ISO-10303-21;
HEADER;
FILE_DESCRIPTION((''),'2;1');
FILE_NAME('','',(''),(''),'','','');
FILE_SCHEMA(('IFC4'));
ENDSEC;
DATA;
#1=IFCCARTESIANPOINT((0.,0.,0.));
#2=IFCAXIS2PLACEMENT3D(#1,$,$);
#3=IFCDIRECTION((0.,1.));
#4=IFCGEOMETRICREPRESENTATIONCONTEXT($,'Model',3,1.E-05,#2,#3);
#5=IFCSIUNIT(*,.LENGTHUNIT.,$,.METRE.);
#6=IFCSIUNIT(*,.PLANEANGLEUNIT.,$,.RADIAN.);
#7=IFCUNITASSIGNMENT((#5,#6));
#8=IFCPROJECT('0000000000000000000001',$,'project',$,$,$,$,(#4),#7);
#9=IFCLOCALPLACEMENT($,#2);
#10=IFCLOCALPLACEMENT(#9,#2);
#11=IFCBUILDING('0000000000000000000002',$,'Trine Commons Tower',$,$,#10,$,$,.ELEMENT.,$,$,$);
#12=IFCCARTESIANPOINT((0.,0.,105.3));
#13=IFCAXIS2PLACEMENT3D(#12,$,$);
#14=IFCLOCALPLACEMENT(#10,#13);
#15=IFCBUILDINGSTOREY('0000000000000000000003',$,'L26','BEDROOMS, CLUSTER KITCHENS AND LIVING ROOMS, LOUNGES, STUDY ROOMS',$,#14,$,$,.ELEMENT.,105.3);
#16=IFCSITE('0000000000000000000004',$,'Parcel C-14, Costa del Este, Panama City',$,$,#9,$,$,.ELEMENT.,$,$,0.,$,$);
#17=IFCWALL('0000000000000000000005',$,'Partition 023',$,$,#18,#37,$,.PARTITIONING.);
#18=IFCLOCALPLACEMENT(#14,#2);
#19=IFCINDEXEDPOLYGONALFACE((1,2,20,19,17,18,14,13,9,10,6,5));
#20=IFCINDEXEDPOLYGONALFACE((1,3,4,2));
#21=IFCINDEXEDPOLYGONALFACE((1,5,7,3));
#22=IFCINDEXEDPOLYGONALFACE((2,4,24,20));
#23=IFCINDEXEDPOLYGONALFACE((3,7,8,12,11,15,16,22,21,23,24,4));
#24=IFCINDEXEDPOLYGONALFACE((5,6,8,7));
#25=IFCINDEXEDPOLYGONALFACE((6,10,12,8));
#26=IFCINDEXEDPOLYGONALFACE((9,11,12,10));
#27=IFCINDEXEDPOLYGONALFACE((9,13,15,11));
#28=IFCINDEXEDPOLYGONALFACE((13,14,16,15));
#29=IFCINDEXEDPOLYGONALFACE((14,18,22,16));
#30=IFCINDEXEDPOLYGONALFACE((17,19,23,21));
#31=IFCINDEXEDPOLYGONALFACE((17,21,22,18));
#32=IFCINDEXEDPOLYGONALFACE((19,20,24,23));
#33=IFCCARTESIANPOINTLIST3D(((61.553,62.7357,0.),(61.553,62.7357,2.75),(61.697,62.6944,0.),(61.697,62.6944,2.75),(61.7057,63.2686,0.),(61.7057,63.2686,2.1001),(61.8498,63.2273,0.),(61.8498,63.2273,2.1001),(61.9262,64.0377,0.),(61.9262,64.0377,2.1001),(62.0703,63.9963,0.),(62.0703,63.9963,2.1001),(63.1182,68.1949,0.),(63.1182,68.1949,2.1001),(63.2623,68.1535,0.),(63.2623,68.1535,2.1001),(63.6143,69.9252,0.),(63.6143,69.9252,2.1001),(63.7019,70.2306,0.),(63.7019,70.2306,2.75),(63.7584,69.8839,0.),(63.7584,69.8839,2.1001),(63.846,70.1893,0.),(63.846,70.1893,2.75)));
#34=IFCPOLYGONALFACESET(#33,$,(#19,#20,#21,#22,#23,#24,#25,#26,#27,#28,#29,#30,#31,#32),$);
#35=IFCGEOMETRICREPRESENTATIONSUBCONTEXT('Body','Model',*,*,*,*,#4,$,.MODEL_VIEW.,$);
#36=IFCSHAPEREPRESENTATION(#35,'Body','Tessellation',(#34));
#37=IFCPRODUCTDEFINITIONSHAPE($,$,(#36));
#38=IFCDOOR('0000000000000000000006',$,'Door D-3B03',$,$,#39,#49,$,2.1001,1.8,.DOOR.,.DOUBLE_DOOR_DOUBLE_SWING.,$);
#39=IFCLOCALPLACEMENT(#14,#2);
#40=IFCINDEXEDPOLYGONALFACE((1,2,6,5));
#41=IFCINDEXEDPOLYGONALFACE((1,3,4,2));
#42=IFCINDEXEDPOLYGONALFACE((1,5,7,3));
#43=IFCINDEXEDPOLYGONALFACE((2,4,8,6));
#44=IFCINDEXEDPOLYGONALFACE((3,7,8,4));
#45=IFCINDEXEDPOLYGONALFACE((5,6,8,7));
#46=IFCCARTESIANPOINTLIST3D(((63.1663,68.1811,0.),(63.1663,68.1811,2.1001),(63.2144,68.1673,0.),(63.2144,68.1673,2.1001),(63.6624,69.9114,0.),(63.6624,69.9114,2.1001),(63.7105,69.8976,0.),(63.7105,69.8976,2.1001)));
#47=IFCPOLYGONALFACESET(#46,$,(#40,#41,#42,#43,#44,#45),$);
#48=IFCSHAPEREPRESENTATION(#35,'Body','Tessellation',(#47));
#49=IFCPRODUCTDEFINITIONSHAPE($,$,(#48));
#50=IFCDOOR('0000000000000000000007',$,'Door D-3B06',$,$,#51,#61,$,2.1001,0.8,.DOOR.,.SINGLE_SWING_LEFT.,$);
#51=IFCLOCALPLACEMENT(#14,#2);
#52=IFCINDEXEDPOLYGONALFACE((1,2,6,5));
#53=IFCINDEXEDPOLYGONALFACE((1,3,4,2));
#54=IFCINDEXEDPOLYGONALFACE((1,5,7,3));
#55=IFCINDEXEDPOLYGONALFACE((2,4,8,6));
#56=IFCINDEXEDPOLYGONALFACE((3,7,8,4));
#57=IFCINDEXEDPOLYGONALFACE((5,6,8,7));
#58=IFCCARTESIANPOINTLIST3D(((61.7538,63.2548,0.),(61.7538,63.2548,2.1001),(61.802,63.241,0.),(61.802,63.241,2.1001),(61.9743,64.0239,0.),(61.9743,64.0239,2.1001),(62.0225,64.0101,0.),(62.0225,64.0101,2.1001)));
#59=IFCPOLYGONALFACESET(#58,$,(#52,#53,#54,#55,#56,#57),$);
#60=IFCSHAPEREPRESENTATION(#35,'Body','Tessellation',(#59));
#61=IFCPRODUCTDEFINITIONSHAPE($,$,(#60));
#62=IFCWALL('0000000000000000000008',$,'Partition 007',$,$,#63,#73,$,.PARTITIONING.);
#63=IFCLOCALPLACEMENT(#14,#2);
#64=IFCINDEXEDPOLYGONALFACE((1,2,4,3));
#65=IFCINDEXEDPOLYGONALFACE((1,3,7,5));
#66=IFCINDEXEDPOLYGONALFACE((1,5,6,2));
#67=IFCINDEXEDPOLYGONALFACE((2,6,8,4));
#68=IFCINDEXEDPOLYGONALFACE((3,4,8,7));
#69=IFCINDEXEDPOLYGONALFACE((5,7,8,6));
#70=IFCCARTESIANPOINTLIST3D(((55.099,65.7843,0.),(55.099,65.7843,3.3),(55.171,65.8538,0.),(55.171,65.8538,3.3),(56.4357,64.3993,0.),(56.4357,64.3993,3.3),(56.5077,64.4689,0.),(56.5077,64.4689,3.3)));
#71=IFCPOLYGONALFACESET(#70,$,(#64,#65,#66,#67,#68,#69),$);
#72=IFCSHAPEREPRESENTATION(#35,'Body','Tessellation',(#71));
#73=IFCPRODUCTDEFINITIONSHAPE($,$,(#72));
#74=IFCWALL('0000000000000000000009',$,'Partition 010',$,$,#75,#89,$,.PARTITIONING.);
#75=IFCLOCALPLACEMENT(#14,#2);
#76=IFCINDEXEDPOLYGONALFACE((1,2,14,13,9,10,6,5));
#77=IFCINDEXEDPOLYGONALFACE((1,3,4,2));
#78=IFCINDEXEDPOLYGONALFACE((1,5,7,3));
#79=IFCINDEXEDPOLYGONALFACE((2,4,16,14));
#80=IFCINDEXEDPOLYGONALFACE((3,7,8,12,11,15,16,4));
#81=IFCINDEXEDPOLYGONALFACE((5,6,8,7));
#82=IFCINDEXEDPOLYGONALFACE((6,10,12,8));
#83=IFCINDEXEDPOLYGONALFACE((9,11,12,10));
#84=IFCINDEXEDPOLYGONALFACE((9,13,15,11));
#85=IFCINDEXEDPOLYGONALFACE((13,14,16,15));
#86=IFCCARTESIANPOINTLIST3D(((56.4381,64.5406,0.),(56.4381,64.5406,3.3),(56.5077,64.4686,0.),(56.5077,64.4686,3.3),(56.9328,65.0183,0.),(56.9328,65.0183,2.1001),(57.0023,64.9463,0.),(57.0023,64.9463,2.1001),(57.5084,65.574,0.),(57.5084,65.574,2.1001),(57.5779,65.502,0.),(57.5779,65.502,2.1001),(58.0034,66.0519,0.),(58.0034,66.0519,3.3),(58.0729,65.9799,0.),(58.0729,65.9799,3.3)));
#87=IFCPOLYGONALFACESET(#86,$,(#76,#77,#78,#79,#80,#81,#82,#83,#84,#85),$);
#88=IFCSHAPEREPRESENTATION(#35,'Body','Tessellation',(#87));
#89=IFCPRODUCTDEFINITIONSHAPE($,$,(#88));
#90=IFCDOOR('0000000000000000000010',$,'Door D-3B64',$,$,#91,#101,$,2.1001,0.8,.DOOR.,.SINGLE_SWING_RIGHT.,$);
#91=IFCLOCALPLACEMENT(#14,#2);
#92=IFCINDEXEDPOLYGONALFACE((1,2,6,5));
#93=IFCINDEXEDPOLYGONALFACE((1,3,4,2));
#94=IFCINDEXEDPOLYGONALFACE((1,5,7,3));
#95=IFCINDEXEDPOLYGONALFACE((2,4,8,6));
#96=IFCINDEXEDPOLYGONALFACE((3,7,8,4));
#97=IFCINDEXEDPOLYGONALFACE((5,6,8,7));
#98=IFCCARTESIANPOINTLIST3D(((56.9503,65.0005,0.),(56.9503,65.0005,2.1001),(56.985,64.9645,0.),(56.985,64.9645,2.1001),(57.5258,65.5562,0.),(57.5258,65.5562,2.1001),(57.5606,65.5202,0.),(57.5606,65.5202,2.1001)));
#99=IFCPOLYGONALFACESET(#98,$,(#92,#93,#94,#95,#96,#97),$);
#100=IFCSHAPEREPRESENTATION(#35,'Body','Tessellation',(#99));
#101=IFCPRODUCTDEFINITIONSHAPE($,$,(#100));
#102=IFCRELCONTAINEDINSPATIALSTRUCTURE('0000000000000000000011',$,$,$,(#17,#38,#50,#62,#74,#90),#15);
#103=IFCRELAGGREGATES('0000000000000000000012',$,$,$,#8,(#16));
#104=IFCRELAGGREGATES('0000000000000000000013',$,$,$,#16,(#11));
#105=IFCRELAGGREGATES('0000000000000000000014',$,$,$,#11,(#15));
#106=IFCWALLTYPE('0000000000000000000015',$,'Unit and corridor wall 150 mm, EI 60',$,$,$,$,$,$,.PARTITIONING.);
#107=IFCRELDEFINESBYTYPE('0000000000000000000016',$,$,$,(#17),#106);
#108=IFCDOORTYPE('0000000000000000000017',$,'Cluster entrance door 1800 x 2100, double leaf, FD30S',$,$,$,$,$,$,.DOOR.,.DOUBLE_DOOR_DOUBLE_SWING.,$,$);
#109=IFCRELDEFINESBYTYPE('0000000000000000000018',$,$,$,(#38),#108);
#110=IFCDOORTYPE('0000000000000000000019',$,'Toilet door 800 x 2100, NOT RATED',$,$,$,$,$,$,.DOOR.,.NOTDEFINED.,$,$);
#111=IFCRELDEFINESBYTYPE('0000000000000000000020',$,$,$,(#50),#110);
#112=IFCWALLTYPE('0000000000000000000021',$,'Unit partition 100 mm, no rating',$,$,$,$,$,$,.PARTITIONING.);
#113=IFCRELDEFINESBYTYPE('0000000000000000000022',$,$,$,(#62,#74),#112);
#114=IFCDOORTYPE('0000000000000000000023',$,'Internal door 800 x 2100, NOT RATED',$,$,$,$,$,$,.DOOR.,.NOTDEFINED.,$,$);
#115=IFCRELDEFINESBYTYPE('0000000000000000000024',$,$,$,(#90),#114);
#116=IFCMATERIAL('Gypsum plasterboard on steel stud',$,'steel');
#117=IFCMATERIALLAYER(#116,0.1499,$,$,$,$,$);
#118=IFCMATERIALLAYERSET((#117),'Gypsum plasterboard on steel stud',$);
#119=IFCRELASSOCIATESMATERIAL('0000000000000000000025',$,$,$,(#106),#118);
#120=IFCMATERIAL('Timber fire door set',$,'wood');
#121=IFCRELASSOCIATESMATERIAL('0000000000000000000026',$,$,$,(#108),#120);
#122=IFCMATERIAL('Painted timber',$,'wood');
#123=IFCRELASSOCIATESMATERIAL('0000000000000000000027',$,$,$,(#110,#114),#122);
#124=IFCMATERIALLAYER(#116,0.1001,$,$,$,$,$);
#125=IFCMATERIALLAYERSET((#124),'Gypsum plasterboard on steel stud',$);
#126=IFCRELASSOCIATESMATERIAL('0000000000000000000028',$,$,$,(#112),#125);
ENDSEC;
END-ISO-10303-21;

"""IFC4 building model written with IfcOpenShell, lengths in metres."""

from ifc_helpers import new_model, si_unit, direction, frame, frame_2d, origin, place, context, subcontext, project, spatial, rectangle, extrude, material, layer, layer_set, type_object, element, fill, save


model = new_model("IFC4")

# Units and contexts
model_context = context("Model", 3, precision=1e-05, world=origin(), true_north=direction((0.0, 1.0)))
body_context = subcontext(model_context, "Body", "Model", "MODEL_VIEW")
ifc_project = project(units=[si_unit("LENGTHUNIT", "METRE"), si_unit("PLANEANGLEUNIT", "RADIAN")], contexts=[model_context])

# Site, building, storey
site_placement = place(None, origin())
site = spatial("IfcSite", under=ifc_project, at=site_placement, Name="Parcel C-14, Costa del Este, Panama City", CompositionType="ELEMENT", RefElevation=0.0)
building_placement = place(site_placement, origin())
building = spatial("IfcBuilding", under=site, at=building_placement, Name="Trine Commons Tower", CompositionType="ELEMENT")
storey_placement = place(building_placement, frame((0.0, 0.0, 105.3)))
storey = spatial("IfcBuildingStorey", under=building, at=storey_placement, Name="L26", Description="BEDROOMS, CLUSTER KITCHENS AND LIVING ROOMS, LOUNGES, STUDY ROOMS", CompositionType="ELEMENT", Elevation=105.3)

# Shared definitions
ifc_material_1 = material(Name="Gypsum plasterboard on steel stud", Category="steel")
ifc_layer_1 = layer(ifc_material_1, 0.1499)
ifc_layer_set_1 = layer_set([ifc_layer_1], Name="Gypsum plasterboard on steel stud")
wall_type_1 = type_object("IfcWallType", Name="Unit and corridor wall 150 mm, EI 60", PredefinedType="PARTITIONING", material=ifc_layer_set_1)

# Shared definitions
ifc_material_2 = material(Name="Painted timber", Category="wood")
ifc_material_3 = material(Name="Timber fire door set", Category="wood")

# Wall, openings, doors
wall_1_placement = place(storey_placement, frame((61.625, 62.7151, 0.0), z_axis=(0.0, 0.0, 1.0), x_axis=(0.275614, 0.961268, 0.0)))
wall_1 = element("IfcWall", 1, at=wall_1_placement, inside=storey, type_object=wall_type_1, Name="Partition 023", PredefinedType="PARTITIONING", context=body_context, shape_type="SweptSolid", body=[
    extrude(rectangle(XDim=7.7969, YDim=0.1499, at=frame_2d((3.8984, 0.0))), origin(), (0.0, 0.0, 1.0), 2.75),
])
opening_1_placement = place(wall_1_placement, frame((5.6792, 0.0, 0.0)))
opening_1 = element("IfcOpeningElement", 2, at=opening_1_placement, cuts=wall_1, PredefinedType="OPENING", context=body_context, shape_type="SweptSolid", body=[
    extrude(rectangle(XDim=1.8, YDim=2.1001, at=frame_2d((0.8999, 1.05))), frame((0.0, 0.085, 0.0), z_axis=(0.0, -1.0, 0.0), x_axis=(1.0, 0.0, 0.0)), (0.0, 0.0, 1.0), 0.1699),
])
opening_2_placement = place(wall_1_placement, frame((0.5544, 0.0, 0.0)))
opening_2 = element("IfcOpeningElement", 3, at=opening_2_placement, cuts=wall_1, PredefinedType="OPENING", context=body_context, shape_type="SweptSolid", body=[
    extrude(rectangle(XDim=0.8, YDim=2.1001, at=frame_2d((0.3999, 1.05))), frame((0.0, 0.085, 0.0), z_axis=(0.0, -1.0, 0.0), x_axis=(1.0, 0.0, 0.0)), (0.0, 0.0, 1.0), 0.1699),
])
door_type_1 = type_object("IfcDoorType", Name="Cluster entrance door 1800 x 2100, double leaf, FD30S", OperationType="DOUBLE_DOOR_DOUBLE_SWING", PredefinedType="DOOR", material=ifc_material_3)
door_1_placement = place(opening_1_placement, origin())
door_1 = element("IfcDoor", 4, at=door_1_placement, inside=storey, type_object=door_type_1, Name="Door D-3B03", OperationType="DOUBLE_DOOR_DOUBLE_SWING", OverallHeight=2.1001, OverallWidth=1.8, PredefinedType="DOOR", context=body_context, shape_type="SweptSolid", body=[
    extrude(rectangle(XDim=1.8, YDim=2.1001, at=frame_2d((0.8999, 1.05))), frame((0.0, 0.0249, 0.0), z_axis=(0.0, -1.0, 0.0), x_axis=(1.0, 0.0, 0.0)), (0.0, 0.0, 1.0), 0.05),
])
fill(opening_1, door_1)
door_type_2 = type_object("IfcDoorType", Name="Toilet door 800 x 2100, NOT RATED", OperationType="NOTDEFINED", PredefinedType="DOOR", material=ifc_material_2)
door_2_placement = place(opening_2_placement, origin())
door_2 = element("IfcDoor", 5, at=door_2_placement, inside=storey, type_object=door_type_2, Name="Door D-3B06", OperationType="SINGLE_SWING_LEFT", OverallHeight=2.1001, OverallWidth=0.8, PredefinedType="DOOR", context=body_context, shape_type="SweptSolid", body=[
    extrude(rectangle(XDim=0.8, YDim=2.1001, at=frame_2d((0.3999, 1.05))), frame((0.0, 0.0249, 0.0), z_axis=(0.0, -1.0, 0.0), x_axis=(1.0, 0.0, 0.0)), (0.0, 0.0, 1.0), 0.05),
])
fill(opening_2, door_2)

# Wall
ifc_layer_2 = layer(ifc_material_1, 0.1001)
ifc_layer_set_2 = layer_set([ifc_layer_2], Name="Gypsum plasterboard on steel stud")
wall_type_2 = type_object("IfcWallType", Name="Unit partition 100 mm, no rating", PredefinedType="PARTITIONING", material=ifc_layer_set_2)
wall_2_placement = place(storey_placement, frame((55.135, 65.8191, 0.0), z_axis=(0.0, 0.0, 1.0), x_axis=(0.694438, -0.719552, 0.0)))
element("IfcWall", 6, at=wall_2_placement, inside=storey, type_object=wall_type_2, Name="Partition 007", PredefinedType="PARTITIONING", context=body_context, shape_type="SweptSolid", body=[
    extrude(rectangle(XDim=1.9248, YDim=0.1001, at=frame_2d((0.9624, 0.0))), origin(), (0.0, 0.0, 1.0), 3.3),
])

# Wall, opening, door
wall_3_placement = place(storey_placement, frame((56.4729, 64.5046, 0.0), z_axis=(0.0, 0.0, 1.0), x_axis=(0.719398, 0.694599, 0.0)))
wall_3 = element("IfcWall", 7, at=wall_3_placement, inside=storey, type_object=wall_type_2, Name="Partition 010", PredefinedType="PARTITIONING", context=body_context, shape_type="SweptSolid", body=[
    extrude(rectangle(XDim=2.1758, YDim=0.1001, at=frame_2d((1.0879, 0.0))), origin(), (0.0, 0.0, 1.0), 3.3),
])
opening_3_placement = place(wall_3_placement, frame((0.6877, 0.0, 0.0)))
opening_3 = element("IfcOpeningElement", 8, at=opening_3_placement, cuts=wall_3, PredefinedType="OPENING", context=body_context, shape_type="SweptSolid", body=[
    extrude(rectangle(XDim=0.8, YDim=2.1001, at=frame_2d((0.3999, 1.05))), frame((0.0, 0.0601, 0.0), z_axis=(0.0, -1.0, 0.0), x_axis=(1.0, 0.0, 0.0)), (0.0, 0.0, 1.0), 0.1201),
])
door_type_3 = type_object("IfcDoorType", Name="Internal door 800 x 2100, NOT RATED", OperationType="NOTDEFINED", PredefinedType="DOOR", material=ifc_material_2)
door_3_placement = place(opening_3_placement, frame((0.8, 0.0, 0.0), z_axis=(0.0, 0.0, 1.0), x_axis=(-1.0, 0.0, 0.0)))
door_3 = element("IfcDoor", 9, at=door_3_placement, inside=storey, type_object=door_type_3, Name="Door D-3B64", OperationType="SINGLE_SWING_RIGHT", OverallHeight=2.1001, OverallWidth=0.8, PredefinedType="DOOR", context=body_context, shape_type="SweptSolid", body=[
    extrude(rectangle(XDim=0.8, YDim=2.1001, at=frame_2d((0.3999, 1.05))), frame((0.0, 0.0249, 0.0), z_axis=(0.0, -1.0, 0.0), x_axis=(1.0, 0.0, 0.0)), (0.0, 0.0, 1.0), 0.05),
])
fill(opening_3, door_3)

save(model, "model.ifc")
